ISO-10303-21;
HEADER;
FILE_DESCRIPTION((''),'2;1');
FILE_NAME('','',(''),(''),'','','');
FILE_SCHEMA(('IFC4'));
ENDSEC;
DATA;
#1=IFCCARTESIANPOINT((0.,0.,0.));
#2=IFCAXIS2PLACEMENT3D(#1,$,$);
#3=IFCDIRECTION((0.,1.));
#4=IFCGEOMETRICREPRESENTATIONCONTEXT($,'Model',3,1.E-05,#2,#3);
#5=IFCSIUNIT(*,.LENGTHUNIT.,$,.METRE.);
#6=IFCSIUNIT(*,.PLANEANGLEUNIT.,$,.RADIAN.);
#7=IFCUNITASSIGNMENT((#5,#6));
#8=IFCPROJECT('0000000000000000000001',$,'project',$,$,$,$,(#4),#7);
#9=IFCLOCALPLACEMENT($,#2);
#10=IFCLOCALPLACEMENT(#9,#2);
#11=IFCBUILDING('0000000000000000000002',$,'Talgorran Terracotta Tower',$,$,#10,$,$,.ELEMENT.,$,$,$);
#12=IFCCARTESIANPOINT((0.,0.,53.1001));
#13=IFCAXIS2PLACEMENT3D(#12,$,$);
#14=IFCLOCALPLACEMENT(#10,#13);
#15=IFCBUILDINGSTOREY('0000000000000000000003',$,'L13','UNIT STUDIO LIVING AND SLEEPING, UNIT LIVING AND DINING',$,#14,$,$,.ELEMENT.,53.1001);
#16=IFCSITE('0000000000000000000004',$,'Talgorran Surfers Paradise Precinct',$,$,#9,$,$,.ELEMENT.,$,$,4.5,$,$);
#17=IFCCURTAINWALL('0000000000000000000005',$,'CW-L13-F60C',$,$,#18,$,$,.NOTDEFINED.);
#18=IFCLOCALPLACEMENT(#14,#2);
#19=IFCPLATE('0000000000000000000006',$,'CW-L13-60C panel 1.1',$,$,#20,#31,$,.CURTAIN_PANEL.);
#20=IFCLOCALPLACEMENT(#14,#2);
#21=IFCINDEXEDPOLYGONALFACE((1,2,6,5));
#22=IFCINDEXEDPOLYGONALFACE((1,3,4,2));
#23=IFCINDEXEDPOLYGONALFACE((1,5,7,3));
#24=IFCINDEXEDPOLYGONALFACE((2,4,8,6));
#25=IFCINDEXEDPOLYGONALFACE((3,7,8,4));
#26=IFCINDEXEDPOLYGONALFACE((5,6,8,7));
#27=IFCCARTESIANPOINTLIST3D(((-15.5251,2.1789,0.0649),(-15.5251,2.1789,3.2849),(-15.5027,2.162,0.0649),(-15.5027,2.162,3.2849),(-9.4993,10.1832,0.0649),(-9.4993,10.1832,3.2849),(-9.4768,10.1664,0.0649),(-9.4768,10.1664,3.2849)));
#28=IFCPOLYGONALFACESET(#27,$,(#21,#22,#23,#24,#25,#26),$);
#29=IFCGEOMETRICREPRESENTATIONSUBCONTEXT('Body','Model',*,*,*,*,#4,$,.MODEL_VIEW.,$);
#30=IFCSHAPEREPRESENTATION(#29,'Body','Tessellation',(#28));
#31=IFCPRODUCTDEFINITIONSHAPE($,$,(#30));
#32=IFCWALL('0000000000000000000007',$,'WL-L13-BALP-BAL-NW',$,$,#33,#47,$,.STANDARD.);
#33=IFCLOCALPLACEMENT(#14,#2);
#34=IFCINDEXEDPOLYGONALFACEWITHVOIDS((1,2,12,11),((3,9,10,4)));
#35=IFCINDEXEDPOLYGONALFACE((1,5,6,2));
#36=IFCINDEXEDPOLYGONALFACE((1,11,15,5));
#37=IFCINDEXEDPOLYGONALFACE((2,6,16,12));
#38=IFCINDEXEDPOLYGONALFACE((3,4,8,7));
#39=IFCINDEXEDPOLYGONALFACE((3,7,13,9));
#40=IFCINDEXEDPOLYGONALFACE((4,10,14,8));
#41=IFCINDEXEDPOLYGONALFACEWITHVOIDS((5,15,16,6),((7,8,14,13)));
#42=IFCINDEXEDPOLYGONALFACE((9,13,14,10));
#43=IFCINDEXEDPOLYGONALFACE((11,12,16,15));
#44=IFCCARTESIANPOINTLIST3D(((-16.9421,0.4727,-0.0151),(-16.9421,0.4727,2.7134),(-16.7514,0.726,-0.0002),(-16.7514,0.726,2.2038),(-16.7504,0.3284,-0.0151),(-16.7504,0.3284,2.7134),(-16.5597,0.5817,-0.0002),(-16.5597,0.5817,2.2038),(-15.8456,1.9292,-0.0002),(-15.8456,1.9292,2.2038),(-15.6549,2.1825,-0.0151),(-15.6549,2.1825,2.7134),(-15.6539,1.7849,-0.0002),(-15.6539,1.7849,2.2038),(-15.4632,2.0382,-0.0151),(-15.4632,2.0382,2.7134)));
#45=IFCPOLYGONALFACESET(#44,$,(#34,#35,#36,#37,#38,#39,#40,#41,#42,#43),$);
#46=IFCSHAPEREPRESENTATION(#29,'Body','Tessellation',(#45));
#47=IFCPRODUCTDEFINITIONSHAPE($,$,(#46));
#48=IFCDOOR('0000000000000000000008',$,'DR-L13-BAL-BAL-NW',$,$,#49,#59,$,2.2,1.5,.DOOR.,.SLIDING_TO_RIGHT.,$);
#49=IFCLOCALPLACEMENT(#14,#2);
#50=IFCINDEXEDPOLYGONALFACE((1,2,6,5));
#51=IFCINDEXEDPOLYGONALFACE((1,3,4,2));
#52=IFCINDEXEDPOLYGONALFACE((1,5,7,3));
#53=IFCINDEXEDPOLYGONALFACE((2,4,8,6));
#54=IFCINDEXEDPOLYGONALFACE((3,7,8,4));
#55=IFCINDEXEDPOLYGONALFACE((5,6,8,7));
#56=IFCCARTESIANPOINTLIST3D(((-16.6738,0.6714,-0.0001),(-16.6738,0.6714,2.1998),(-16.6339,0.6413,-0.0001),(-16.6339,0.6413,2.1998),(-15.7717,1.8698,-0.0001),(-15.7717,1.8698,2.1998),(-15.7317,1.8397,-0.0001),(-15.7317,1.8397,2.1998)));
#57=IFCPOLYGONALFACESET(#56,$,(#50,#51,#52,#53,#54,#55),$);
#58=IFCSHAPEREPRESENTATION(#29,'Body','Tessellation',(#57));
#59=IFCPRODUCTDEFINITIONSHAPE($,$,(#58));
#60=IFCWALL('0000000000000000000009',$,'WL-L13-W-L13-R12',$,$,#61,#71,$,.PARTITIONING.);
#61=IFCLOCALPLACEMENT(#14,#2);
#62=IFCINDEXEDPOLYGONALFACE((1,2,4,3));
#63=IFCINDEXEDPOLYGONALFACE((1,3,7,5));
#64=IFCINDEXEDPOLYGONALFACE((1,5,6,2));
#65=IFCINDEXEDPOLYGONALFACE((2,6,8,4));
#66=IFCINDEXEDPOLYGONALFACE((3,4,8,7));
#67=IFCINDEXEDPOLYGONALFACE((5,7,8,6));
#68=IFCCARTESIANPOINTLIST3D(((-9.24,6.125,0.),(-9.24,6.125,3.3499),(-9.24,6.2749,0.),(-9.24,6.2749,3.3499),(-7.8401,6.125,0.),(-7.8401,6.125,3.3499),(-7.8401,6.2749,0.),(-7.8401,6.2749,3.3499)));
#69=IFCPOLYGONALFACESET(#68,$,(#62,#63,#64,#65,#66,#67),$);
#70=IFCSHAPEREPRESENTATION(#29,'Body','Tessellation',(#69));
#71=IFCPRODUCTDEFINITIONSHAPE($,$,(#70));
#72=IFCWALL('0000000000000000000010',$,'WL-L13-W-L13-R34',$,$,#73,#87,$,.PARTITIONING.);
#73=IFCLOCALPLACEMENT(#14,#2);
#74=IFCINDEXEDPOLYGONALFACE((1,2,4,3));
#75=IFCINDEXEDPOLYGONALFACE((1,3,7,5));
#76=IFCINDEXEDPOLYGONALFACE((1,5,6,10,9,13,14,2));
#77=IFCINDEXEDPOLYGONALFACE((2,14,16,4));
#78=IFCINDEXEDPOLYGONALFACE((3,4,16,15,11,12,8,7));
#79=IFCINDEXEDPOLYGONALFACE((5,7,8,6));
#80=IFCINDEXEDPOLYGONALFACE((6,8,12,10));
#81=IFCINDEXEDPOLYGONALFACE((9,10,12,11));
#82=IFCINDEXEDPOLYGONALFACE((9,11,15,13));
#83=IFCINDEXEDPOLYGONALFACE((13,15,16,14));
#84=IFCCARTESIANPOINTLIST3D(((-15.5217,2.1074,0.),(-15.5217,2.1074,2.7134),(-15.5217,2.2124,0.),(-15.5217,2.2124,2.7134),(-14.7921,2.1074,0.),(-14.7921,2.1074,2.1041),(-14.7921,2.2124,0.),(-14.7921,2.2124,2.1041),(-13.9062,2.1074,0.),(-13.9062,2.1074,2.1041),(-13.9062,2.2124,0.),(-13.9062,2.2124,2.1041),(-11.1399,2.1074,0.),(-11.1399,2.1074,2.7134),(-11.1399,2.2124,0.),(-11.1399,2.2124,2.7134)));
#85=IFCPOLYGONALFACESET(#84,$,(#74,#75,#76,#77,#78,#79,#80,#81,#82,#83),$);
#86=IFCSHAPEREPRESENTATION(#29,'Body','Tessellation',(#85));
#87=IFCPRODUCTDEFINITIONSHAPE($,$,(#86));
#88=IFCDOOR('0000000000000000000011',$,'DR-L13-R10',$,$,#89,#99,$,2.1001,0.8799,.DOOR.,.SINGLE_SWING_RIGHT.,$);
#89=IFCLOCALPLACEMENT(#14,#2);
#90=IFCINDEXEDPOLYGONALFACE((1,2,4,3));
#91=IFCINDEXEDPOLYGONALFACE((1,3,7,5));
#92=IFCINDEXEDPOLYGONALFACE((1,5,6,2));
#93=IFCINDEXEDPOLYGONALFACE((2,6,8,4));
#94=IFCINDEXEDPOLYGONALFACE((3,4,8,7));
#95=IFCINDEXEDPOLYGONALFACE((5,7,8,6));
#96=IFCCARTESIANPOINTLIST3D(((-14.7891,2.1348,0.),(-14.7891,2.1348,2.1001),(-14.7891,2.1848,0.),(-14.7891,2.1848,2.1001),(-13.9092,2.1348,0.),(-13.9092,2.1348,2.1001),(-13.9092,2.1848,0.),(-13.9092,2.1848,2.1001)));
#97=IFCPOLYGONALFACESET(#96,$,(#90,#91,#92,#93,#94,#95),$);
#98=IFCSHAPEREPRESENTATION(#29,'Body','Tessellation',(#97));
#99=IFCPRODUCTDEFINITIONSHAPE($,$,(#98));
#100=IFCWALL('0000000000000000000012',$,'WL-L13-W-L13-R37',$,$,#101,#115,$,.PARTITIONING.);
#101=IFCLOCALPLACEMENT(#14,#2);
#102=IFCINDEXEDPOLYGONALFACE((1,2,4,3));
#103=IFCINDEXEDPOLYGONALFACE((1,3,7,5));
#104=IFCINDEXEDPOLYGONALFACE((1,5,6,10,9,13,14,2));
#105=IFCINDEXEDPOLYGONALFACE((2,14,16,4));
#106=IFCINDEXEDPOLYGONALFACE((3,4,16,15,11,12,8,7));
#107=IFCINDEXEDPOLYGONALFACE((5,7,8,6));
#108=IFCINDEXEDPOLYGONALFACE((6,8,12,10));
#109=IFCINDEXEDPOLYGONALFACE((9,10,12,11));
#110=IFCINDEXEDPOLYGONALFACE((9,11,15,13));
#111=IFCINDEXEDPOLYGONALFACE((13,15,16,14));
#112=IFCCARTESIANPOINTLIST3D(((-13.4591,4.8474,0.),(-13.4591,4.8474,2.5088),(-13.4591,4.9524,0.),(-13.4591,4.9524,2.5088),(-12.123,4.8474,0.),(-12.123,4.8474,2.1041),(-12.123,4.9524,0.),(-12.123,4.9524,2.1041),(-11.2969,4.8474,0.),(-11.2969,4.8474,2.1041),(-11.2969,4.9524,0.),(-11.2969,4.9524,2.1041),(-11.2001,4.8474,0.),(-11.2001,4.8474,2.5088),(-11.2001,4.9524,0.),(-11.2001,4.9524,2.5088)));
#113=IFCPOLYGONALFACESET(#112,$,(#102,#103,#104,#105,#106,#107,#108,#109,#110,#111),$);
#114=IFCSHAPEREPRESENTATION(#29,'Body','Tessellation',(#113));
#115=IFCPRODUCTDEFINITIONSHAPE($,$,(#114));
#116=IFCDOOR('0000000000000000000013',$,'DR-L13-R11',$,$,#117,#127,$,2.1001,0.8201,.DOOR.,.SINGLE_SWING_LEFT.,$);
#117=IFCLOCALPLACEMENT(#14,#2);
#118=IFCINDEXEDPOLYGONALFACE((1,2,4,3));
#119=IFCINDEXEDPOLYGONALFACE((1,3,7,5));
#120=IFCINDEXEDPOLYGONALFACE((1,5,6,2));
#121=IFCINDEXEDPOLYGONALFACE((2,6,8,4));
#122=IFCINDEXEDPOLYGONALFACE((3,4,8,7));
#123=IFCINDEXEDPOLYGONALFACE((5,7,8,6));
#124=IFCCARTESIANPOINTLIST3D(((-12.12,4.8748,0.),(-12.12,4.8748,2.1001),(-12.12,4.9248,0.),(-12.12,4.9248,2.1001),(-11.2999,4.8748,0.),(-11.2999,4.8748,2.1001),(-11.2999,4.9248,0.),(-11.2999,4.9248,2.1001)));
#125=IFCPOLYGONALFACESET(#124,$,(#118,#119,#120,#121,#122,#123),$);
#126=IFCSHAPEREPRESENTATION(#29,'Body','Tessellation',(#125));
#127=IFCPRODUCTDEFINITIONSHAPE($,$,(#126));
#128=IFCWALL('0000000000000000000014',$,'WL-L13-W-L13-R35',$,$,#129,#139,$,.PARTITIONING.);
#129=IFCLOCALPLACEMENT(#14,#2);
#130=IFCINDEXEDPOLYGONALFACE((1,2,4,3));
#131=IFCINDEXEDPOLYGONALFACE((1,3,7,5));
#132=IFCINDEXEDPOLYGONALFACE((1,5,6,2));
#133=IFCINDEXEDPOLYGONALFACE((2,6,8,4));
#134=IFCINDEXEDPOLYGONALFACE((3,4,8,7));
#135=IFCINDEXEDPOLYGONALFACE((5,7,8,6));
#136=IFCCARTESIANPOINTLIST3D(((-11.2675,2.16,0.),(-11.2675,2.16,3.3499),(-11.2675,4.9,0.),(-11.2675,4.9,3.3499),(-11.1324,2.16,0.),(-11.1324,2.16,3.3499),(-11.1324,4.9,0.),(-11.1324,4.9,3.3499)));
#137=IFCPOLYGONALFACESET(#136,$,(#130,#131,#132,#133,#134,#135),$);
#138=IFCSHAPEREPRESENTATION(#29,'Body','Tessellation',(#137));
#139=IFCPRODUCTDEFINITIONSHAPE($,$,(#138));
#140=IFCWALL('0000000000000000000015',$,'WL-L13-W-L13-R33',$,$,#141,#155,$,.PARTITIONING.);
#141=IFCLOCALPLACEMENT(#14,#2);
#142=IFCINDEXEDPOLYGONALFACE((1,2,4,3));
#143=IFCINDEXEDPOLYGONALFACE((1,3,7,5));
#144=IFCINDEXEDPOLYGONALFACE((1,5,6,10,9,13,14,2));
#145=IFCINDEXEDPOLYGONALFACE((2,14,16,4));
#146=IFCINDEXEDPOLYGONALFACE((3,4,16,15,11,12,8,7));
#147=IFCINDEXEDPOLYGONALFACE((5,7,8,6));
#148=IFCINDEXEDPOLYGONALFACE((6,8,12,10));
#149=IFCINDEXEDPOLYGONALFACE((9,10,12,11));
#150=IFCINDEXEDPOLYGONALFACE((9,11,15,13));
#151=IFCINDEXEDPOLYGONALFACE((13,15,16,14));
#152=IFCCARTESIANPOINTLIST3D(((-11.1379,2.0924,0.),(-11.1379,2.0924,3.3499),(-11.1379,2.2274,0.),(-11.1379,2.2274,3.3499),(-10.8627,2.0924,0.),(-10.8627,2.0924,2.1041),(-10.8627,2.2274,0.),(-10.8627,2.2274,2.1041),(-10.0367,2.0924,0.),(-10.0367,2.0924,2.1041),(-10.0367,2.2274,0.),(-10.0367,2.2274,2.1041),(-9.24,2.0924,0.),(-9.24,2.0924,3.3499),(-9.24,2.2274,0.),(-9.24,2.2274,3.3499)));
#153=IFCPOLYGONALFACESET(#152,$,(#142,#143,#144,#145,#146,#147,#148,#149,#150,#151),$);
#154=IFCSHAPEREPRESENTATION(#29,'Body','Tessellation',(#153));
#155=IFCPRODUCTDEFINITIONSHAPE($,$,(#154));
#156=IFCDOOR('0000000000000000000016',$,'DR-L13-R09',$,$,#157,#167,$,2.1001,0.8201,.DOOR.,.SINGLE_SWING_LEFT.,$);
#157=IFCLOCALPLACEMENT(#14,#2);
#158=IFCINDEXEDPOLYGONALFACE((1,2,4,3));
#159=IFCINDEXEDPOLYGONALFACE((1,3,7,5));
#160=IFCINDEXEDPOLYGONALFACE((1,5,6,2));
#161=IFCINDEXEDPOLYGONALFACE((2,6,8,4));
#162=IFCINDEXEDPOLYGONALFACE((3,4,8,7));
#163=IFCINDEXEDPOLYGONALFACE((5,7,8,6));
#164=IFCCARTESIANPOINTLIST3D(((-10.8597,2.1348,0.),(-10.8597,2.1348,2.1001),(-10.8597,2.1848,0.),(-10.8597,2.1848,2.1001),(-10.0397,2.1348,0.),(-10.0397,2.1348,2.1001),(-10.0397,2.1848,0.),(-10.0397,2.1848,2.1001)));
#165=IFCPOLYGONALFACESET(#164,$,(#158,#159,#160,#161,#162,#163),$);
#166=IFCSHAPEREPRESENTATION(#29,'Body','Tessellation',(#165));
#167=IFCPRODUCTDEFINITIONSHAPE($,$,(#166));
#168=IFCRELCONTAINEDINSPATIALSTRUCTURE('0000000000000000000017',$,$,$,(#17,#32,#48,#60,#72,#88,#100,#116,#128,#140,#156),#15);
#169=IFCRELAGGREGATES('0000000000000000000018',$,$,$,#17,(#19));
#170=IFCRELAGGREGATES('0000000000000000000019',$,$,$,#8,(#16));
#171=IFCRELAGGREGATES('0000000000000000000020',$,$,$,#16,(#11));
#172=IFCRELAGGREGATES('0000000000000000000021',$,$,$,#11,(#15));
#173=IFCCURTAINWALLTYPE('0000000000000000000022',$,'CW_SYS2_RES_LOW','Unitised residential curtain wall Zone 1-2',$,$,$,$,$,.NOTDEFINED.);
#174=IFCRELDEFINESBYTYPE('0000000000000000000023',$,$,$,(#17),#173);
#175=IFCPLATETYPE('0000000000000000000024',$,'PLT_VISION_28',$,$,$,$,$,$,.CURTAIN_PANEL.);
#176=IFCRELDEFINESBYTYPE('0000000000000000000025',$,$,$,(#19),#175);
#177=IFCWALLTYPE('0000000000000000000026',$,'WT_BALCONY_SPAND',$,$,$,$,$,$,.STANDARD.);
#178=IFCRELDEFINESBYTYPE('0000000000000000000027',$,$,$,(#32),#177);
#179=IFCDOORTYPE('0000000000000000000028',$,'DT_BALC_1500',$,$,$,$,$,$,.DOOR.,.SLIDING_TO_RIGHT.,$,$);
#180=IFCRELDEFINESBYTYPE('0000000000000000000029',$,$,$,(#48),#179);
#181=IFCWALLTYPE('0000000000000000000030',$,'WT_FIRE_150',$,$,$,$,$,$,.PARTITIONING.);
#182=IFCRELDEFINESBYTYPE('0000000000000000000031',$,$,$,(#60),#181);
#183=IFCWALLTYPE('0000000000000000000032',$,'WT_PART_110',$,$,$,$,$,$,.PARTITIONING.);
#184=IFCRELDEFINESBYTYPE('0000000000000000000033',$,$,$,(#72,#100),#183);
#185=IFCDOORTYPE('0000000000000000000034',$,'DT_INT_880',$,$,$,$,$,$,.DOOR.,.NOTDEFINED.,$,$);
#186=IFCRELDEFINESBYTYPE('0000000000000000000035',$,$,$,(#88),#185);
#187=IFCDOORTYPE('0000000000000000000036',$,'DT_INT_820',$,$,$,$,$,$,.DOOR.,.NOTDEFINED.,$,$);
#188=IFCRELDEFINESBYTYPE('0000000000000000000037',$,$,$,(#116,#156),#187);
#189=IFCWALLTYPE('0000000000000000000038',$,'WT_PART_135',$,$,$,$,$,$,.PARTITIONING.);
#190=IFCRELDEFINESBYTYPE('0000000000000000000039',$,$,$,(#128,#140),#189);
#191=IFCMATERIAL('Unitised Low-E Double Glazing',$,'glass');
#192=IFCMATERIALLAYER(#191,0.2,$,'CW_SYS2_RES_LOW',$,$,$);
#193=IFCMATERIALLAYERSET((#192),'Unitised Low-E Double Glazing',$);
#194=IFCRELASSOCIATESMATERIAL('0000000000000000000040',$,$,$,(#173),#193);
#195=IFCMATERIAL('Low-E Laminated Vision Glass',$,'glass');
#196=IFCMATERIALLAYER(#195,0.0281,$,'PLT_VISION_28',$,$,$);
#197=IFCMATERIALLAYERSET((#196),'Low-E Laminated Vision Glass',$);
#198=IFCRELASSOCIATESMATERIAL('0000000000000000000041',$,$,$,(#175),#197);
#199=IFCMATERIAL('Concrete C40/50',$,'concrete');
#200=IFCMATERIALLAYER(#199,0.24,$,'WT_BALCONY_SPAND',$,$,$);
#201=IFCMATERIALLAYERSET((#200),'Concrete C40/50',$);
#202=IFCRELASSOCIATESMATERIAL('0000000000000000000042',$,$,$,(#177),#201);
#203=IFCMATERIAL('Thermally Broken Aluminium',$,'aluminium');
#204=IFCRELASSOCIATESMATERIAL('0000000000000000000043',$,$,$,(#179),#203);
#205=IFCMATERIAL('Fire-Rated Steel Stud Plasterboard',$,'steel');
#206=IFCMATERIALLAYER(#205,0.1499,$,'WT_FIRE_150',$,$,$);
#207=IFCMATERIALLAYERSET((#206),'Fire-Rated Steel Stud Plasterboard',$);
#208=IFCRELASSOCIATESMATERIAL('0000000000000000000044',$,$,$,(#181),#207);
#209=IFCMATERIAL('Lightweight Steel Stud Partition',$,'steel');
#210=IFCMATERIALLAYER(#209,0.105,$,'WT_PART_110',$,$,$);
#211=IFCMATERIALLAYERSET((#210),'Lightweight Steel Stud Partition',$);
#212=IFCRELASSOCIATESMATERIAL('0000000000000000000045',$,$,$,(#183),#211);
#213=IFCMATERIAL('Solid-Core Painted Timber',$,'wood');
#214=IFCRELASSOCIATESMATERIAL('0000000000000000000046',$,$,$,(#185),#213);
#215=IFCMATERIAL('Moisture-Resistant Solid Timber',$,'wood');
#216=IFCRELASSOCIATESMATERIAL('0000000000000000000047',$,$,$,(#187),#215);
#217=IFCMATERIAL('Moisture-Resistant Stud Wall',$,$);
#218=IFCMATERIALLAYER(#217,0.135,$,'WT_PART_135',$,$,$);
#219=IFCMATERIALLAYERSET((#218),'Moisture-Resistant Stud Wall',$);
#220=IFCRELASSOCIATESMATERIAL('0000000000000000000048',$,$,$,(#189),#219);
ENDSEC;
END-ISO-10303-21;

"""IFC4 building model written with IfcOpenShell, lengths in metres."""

from ifc_helpers import new_model, si_unit, direction, frame, frame_2d, origin, origin_2d, place, context, subcontext, project, spatial, rectangle, extrude, source, transform, mapped, material, layer, layer_set, type_object, type_shapes, element, fill, aggregate, save


model = new_model("IFC4")

# Units and contexts
model_context = context("Model", 3, precision=1e-05, world=origin(), true_north=direction((0.0, 1.0)))
body_context = subcontext(model_context, "Body", "Model", "MODEL_VIEW")
ifc_project = project(units=[si_unit("LENGTHUNIT", "METRE"), si_unit("PLANEANGLEUNIT", "RADIAN")], contexts=[model_context])

# Site, building, storey
site_placement = place(None, origin())
site = spatial("IfcSite", under=ifc_project, at=site_placement, Name="Talgorran Surfers Paradise Precinct", CompositionType="ELEMENT", RefElevation=4.5)
building_placement = place(site_placement, origin())
building = spatial("IfcBuilding", under=site, at=building_placement, Name="Talgorran Terracotta Tower", CompositionType="ELEMENT")
storey_placement = place(building_placement, frame((0.0, 0.0, 53.1001)))
storey = spatial("IfcBuildingStorey", under=building, at=storey_placement, Name="L13", Description="UNIT STUDIO LIVING AND SLEEPING, UNIT LIVING AND DINING", CompositionType="ELEMENT", Elevation=53.1001)

# Shared definitions
ifc_material_1 = material(Name="Unitised Low-E Double Glazing", Category="glass")
ifc_layer_1 = layer(ifc_material_1, 0.2, Name="CW_SYS2_RES_LOW")
ifc_layer_set_1 = layer_set([ifc_layer_1], Name="Unitised Low-E Double Glazing")
curtain_wall_type = type_object("IfcCurtainWallType", Name="CW_SYS2_RES_LOW", Description="Unitised residential curtain wall Zone 1-2", PredefinedType="NOTDEFINED", material=ifc_layer_set_1)

# Curtain wall
curtain_wall_1_placement = place(storey_placement, origin())
curtain_wall_1 = element("IfcCurtainWall", 1, at=curtain_wall_1_placement, inside=storey, type_object=curtain_wall_type, Name="CW-L13-F60C", PredefinedType="NOTDEFINED")

# Plate
ifc_material_2 = material(Name="Low-E Laminated Vision Glass", Category="glass")
ifc_layer_2 = layer(ifc_material_2, 0.0281, Name="PLT_VISION_28")
ifc_layer_set_2 = layer_set([ifc_layer_2], Name="Low-E Laminated Vision Glass")
plate_type = type_object("IfcPlateType", Name="PLT_VISION_28", PredefinedType="CURTAIN_PANEL", material=ifc_layer_set_2)
shared_shape = source(origin(), body_context, "Body", "SweptSolid", [
    extrude(rectangle(XDim=10.019, YDim=0.0281, at=origin_2d()), origin(), (0.0, 0.0, 1.0), 3.22),
])
type_shapes(plate_type, [shared_shape])
plate_placement = place(storey_placement, frame((-12.501, 6.1726, 0.0649), z_axis=(0.0, 0.0, 1.0), x_axis=(-0.601442, -0.798917, 0.0)))
plate = element("IfcPlate", 2, at=plate_placement, type_object=plate_type, Name="CW-L13-60C panel 1.1", PredefinedType="CURTAIN_PANEL", context=body_context, shape_type="MappedRepresentation", body=[
    mapped(shared_shape, transform((0.0, 0.0, 0.0), scale=1.0)),
])
aggregate(curtain_wall_1, [plate])

# Wall, opening, door
ifc_material_3 = material(Name="Concrete C40/50", Category="concrete")
ifc_layer_3 = layer(ifc_material_3, 0.24, Name="WT_BALCONY_SPAND")
ifc_layer_set_3 = layer_set([ifc_layer_3], Name="Concrete C40/50")
wall_type_1 = type_object("IfcWallType", Name="WT_BALCONY_SPAND", PredefinedType="STANDARD", material=ifc_layer_set_3)
wall_1_placement = place(storey_placement, frame((-15.5591, 2.1104, -0.0151), z_axis=(0.0, 0.0, 1.0), x_axis=(-0.601441, -0.798917, 0.0)))
wall_1 = element("IfcWall", 3, at=wall_1_placement, inside=storey, type_object=wall_type_1, Name="WL-L13-BALP-BAL-NW", PredefinedType="STANDARD", context=body_context, shape_type="SweptSolid", body=[
    extrude(rectangle(XDim=2.1401, YDim=0.24, at=frame_2d((1.0701, 0.0))), origin(), (0.0, 0.0, 1.0), 2.7285),
])
opening_1_placement = place(wall_1_placement, frame((0.3201, 0.0, 0.0149)))
opening_1 = element("IfcOpeningElement", 4, at=opening_1_placement, cuts=wall_1, PredefinedType="OPENING", context=body_context, shape_type="SweptSolid", body=[
    extrude(rectangle(XDim=1.506, YDim=2.204, at=frame_2d((0.75, 1.1021))), frame((0.0, 0.1299, 0.0), z_axis=(0.0, -1.0, 0.0), x_axis=(1.0, 0.0, 0.0)), (0.0, 0.0, 1.0), 0.26),
])
ifc_material_4 = material(Name="Thermally Broken Aluminium", Category="aluminium")
door_type_1 = type_object("IfcDoorType", Name="DT_BALC_1500", OperationType="SLIDING_TO_RIGHT", PredefinedType="DOOR", material=ifc_material_4)
door_1_placement = place(opening_1_placement, origin())
door_1 = element("IfcDoor", 5, at=door_1_placement, inside=storey, type_object=door_type_1, Name="DR-L13-BAL-BAL-NW", OperationType="SLIDING_TO_RIGHT", OverallHeight=2.2, OverallWidth=1.5, PredefinedType="DOOR", context=body_context, shape_type="SweptSolid", body=[
    extrude(rectangle(XDim=1.5, YDim=2.2, at=frame_2d((0.75, 1.1001))), frame((0.0, 0.0249, 0.0), z_axis=(0.0, -1.0, 0.0), x_axis=(1.0, 0.0, 0.0)), (0.0, 0.0, 1.0), 0.05),
])
fill(opening_1, door_1)

# Wall
ifc_material_5 = material(Name="Fire-Rated Steel Stud Plasterboard", Category="steel")
ifc_layer_4 = layer(ifc_material_5, 0.1499, Name="WT_FIRE_150")
ifc_layer_set_4 = layer_set([ifc_layer_4], Name="Fire-Rated Steel Stud Plasterboard")
wall_type_2 = type_object("IfcWallType", Name="WT_FIRE_150", PredefinedType="PARTITIONING", material=ifc_layer_set_4)
wall_2_placement = place(storey_placement, frame((-9.24, 6.2, 0.0), z_axis=(0.0, 0.0, 1.0), x_axis=(1.0, 0.0, 0.0)))
element("IfcWall", 6, at=wall_2_placement, inside=storey, type_object=wall_type_2, Name="WL-L13-W-L13-R12", PredefinedType="PARTITIONING", context=body_context, shape_type="SweptSolid", body=[
    extrude(rectangle(XDim=1.3999, YDim=0.1499, at=frame_2d((0.7, 0.0))), origin(), (0.0, 0.0, 1.0), 3.3499),
])

# Walls, openings, doors
ifc_material_6 = material(Name="Lightweight Steel Stud Partition", Category="steel")
ifc_layer_5 = layer(ifc_material_6, 0.105, Name="WT_PART_110")
ifc_layer_set_5 = layer_set([ifc_layer_5], Name="Lightweight Steel Stud Partition")
wall_type_3 = type_object("IfcWallType", Name="WT_PART_110", PredefinedType="PARTITIONING", material=ifc_layer_set_5)
wall_3_placement = place(storey_placement, frame((-15.5217, 2.1599, 0.0), z_axis=(0.0, 0.0, 1.0), x_axis=(1.0, 0.0, 0.0)))
wall_3 = element("IfcWall", 7, at=wall_3_placement, inside=storey, type_object=wall_type_3, Name="WL-L13-W-L13-R34", PredefinedType="PARTITIONING", context=body_context, shape_type="SweptSolid", body=[
    extrude(rectangle(XDim=4.3818, YDim=0.105, at=frame_2d((2.1909, 0.0))), origin(), (0.0, 0.0, 1.0), 2.7134),
])
opening_2_placement = place(wall_3_placement, frame((0.7327, 0.0, 0.0)))
opening_2 = element("IfcOpeningElement", 8, at=opening_2_placement, cuts=wall_3, PredefinedType="OPENING", context=body_context, shape_type="SweptSolid", body=[
    extrude(rectangle(XDim=0.8859, YDim=2.1041, at=frame_2d((0.4399, 1.052))), frame((0.0, 0.0625, 0.0), z_axis=(0.0, -1.0, 0.0), x_axis=(1.0, 0.0, 0.0)), (0.0, 0.0, 1.0), 0.125),
])
ifc_material_7 = material(Name="Solid-Core Painted Timber", Category="wood")
door_type_2 = type_object("IfcDoorType", Name="DT_INT_880", OperationType="NOTDEFINED", PredefinedType="DOOR", material=ifc_material_7)
door_2_placement = place(opening_2_placement, origin())
door_2 = element("IfcDoor", 9, at=door_2_placement, inside=storey, type_object=door_type_2, Name="DR-L13-R10", OperationType="SINGLE_SWING_RIGHT", OverallHeight=2.1001, OverallWidth=0.8799, PredefinedType="DOOR", context=body_context, shape_type="SweptSolid", body=[
    extrude(rectangle(XDim=0.8799, YDim=2.1001, at=frame_2d((0.4399, 1.05))), frame((0.0, 0.0249, 0.0), z_axis=(0.0, -1.0, 0.0), x_axis=(1.0, 0.0, 0.0)), (0.0, 0.0, 1.0), 0.05),
])
fill(opening_2, door_2)
wall_4_placement = place(storey_placement, frame((-13.459, 4.8999, 0.0), z_axis=(0.0, 0.0, 1.0), x_axis=(1.0, 0.0, 0.0)))
wall_4 = element("IfcWall", 10, at=wall_4_placement, inside=storey, type_object=wall_type_3, Name="WL-L13-W-L13-R37", PredefinedType="PARTITIONING", context=body_context, shape_type="SweptSolid", body=[
    extrude(rectangle(XDim=2.259, YDim=0.105, at=frame_2d((1.1294, 0.0))), origin(), (0.0, 0.0, 1.0), 2.5088),
])
opening_3_placement = place(wall_4_placement, frame((1.3389, 0.0, 0.0)))
opening_3 = element("IfcOpeningElement", 11, at=opening_3_placement, cuts=wall_4, PredefinedType="OPENING", context=body_context, shape_type="SweptSolid", body=[
    extrude(rectangle(XDim=0.8261, YDim=2.1041, at=frame_2d((0.4102, 1.052))), frame((0.0, 0.0625, 0.0), z_axis=(0.0, -1.0, 0.0), x_axis=(1.0, 0.0, 0.0)), (0.0, 0.0, 1.0), 0.125),
])
ifc_material_8 = material(Name="Moisture-Resistant Solid Timber", Category="wood")
door_type_3 = type_object("IfcDoorType", Name="DT_INT_820", OperationType="NOTDEFINED", PredefinedType="DOOR", material=ifc_material_8)
door_3_placement = place(opening_3_placement, origin())
door_3 = element("IfcDoor", 12, at=door_3_placement, inside=storey, type_object=door_type_3, Name="DR-L13-R11", OperationType="SINGLE_SWING_LEFT", OverallHeight=2.1001, OverallWidth=0.8201, PredefinedType="DOOR", context=body_context, shape_type="SweptSolid", body=[
    extrude(rectangle(XDim=0.8201, YDim=2.1001, at=frame_2d((0.4102, 1.05))), frame((0.0, 0.0249, 0.0), z_axis=(0.0, -1.0, 0.0), x_axis=(1.0, 0.0, 0.0)), (0.0, 0.0, 1.0), 0.05),
])
fill(opening_3, door_3)

# Wall
ifc_material_9 = material(Name="Moisture-Resistant Stud Wall")
ifc_layer_6 = layer(ifc_material_9, 0.135, Name="WT_PART_135")
ifc_layer_set_6 = layer_set([ifc_layer_6], Name="Moisture-Resistant Stud Wall")
wall_type_4 = type_object("IfcWallType", Name="WT_PART_135", PredefinedType="PARTITIONING", material=ifc_layer_set_6)
wall_5_placement = place(storey_placement, frame((-11.2, 2.1599, 0.0), z_axis=(0.0, 0.0, 1.0), x_axis=(0.0, 1.0, 0.0)))
element("IfcWall", 13, at=wall_5_placement, inside=storey, type_object=wall_type_4, Name="WL-L13-W-L13-R35", PredefinedType="PARTITIONING", context=body_context, shape_type="SweptSolid", body=[
    extrude(rectangle(XDim=2.74, YDim=0.135, at=frame_2d((1.3701, 0.0))), origin(), (0.0, 0.0, 1.0), 3.3499),
])

# Wall, opening, door
wall_6_placement = place(storey_placement, frame((-11.1379, 2.1599, 0.0), z_axis=(0.0, 0.0, 1.0), x_axis=(1.0, 0.0, 0.0)))
wall_6 = element("IfcWall", 14, at=wall_6_placement, inside=storey, type_object=wall_type_4, Name="WL-L13-W-L13-R33", PredefinedType="PARTITIONING", context=body_context, shape_type="SweptSolid", body=[
    extrude(rectangle(XDim=1.8979, YDim=0.135, at=frame_2d((0.949, 0.0))), origin(), (0.0, 0.0, 1.0), 3.3499),
])
opening_4_placement = place(wall_6_placement, frame((0.2781, 0.0, 0.0)))
opening_4 = element("IfcOpeningElement", 15, at=opening_4_placement, cuts=wall_6, PredefinedType="OPENING", context=body_context, shape_type="SweptSolid", body=[
    extrude(rectangle(XDim=0.8261, YDim=2.1041, at=frame_2d((0.4102, 1.052))), frame((0.0, 0.0776, 0.0), z_axis=(0.0, -1.0, 0.0), x_axis=(1.0, 0.0, 0.0)), (0.0, 0.0, 1.0), 0.155),
])
door_4_placement = place(opening_4_placement, origin())
door_4 = element("IfcDoor", 16, at=door_4_placement, inside=storey, type_object=door_type_3, Name="DR-L13-R09", OperationType="SINGLE_SWING_LEFT", OverallHeight=2.1001, OverallWidth=0.8201, PredefinedType="DOOR", context=body_context, shape_type="SweptSolid", body=[
    extrude(rectangle(XDim=0.8201, YDim=2.1001, at=frame_2d((0.4102, 1.05))), frame((0.0, 0.0249, 0.0), z_axis=(0.0, -1.0, 0.0), x_axis=(1.0, 0.0, 0.0)), (0.0, 0.0, 1.0), 0.05),
])
fill(opening_4, door_4)

save(model, "model.ifc")
